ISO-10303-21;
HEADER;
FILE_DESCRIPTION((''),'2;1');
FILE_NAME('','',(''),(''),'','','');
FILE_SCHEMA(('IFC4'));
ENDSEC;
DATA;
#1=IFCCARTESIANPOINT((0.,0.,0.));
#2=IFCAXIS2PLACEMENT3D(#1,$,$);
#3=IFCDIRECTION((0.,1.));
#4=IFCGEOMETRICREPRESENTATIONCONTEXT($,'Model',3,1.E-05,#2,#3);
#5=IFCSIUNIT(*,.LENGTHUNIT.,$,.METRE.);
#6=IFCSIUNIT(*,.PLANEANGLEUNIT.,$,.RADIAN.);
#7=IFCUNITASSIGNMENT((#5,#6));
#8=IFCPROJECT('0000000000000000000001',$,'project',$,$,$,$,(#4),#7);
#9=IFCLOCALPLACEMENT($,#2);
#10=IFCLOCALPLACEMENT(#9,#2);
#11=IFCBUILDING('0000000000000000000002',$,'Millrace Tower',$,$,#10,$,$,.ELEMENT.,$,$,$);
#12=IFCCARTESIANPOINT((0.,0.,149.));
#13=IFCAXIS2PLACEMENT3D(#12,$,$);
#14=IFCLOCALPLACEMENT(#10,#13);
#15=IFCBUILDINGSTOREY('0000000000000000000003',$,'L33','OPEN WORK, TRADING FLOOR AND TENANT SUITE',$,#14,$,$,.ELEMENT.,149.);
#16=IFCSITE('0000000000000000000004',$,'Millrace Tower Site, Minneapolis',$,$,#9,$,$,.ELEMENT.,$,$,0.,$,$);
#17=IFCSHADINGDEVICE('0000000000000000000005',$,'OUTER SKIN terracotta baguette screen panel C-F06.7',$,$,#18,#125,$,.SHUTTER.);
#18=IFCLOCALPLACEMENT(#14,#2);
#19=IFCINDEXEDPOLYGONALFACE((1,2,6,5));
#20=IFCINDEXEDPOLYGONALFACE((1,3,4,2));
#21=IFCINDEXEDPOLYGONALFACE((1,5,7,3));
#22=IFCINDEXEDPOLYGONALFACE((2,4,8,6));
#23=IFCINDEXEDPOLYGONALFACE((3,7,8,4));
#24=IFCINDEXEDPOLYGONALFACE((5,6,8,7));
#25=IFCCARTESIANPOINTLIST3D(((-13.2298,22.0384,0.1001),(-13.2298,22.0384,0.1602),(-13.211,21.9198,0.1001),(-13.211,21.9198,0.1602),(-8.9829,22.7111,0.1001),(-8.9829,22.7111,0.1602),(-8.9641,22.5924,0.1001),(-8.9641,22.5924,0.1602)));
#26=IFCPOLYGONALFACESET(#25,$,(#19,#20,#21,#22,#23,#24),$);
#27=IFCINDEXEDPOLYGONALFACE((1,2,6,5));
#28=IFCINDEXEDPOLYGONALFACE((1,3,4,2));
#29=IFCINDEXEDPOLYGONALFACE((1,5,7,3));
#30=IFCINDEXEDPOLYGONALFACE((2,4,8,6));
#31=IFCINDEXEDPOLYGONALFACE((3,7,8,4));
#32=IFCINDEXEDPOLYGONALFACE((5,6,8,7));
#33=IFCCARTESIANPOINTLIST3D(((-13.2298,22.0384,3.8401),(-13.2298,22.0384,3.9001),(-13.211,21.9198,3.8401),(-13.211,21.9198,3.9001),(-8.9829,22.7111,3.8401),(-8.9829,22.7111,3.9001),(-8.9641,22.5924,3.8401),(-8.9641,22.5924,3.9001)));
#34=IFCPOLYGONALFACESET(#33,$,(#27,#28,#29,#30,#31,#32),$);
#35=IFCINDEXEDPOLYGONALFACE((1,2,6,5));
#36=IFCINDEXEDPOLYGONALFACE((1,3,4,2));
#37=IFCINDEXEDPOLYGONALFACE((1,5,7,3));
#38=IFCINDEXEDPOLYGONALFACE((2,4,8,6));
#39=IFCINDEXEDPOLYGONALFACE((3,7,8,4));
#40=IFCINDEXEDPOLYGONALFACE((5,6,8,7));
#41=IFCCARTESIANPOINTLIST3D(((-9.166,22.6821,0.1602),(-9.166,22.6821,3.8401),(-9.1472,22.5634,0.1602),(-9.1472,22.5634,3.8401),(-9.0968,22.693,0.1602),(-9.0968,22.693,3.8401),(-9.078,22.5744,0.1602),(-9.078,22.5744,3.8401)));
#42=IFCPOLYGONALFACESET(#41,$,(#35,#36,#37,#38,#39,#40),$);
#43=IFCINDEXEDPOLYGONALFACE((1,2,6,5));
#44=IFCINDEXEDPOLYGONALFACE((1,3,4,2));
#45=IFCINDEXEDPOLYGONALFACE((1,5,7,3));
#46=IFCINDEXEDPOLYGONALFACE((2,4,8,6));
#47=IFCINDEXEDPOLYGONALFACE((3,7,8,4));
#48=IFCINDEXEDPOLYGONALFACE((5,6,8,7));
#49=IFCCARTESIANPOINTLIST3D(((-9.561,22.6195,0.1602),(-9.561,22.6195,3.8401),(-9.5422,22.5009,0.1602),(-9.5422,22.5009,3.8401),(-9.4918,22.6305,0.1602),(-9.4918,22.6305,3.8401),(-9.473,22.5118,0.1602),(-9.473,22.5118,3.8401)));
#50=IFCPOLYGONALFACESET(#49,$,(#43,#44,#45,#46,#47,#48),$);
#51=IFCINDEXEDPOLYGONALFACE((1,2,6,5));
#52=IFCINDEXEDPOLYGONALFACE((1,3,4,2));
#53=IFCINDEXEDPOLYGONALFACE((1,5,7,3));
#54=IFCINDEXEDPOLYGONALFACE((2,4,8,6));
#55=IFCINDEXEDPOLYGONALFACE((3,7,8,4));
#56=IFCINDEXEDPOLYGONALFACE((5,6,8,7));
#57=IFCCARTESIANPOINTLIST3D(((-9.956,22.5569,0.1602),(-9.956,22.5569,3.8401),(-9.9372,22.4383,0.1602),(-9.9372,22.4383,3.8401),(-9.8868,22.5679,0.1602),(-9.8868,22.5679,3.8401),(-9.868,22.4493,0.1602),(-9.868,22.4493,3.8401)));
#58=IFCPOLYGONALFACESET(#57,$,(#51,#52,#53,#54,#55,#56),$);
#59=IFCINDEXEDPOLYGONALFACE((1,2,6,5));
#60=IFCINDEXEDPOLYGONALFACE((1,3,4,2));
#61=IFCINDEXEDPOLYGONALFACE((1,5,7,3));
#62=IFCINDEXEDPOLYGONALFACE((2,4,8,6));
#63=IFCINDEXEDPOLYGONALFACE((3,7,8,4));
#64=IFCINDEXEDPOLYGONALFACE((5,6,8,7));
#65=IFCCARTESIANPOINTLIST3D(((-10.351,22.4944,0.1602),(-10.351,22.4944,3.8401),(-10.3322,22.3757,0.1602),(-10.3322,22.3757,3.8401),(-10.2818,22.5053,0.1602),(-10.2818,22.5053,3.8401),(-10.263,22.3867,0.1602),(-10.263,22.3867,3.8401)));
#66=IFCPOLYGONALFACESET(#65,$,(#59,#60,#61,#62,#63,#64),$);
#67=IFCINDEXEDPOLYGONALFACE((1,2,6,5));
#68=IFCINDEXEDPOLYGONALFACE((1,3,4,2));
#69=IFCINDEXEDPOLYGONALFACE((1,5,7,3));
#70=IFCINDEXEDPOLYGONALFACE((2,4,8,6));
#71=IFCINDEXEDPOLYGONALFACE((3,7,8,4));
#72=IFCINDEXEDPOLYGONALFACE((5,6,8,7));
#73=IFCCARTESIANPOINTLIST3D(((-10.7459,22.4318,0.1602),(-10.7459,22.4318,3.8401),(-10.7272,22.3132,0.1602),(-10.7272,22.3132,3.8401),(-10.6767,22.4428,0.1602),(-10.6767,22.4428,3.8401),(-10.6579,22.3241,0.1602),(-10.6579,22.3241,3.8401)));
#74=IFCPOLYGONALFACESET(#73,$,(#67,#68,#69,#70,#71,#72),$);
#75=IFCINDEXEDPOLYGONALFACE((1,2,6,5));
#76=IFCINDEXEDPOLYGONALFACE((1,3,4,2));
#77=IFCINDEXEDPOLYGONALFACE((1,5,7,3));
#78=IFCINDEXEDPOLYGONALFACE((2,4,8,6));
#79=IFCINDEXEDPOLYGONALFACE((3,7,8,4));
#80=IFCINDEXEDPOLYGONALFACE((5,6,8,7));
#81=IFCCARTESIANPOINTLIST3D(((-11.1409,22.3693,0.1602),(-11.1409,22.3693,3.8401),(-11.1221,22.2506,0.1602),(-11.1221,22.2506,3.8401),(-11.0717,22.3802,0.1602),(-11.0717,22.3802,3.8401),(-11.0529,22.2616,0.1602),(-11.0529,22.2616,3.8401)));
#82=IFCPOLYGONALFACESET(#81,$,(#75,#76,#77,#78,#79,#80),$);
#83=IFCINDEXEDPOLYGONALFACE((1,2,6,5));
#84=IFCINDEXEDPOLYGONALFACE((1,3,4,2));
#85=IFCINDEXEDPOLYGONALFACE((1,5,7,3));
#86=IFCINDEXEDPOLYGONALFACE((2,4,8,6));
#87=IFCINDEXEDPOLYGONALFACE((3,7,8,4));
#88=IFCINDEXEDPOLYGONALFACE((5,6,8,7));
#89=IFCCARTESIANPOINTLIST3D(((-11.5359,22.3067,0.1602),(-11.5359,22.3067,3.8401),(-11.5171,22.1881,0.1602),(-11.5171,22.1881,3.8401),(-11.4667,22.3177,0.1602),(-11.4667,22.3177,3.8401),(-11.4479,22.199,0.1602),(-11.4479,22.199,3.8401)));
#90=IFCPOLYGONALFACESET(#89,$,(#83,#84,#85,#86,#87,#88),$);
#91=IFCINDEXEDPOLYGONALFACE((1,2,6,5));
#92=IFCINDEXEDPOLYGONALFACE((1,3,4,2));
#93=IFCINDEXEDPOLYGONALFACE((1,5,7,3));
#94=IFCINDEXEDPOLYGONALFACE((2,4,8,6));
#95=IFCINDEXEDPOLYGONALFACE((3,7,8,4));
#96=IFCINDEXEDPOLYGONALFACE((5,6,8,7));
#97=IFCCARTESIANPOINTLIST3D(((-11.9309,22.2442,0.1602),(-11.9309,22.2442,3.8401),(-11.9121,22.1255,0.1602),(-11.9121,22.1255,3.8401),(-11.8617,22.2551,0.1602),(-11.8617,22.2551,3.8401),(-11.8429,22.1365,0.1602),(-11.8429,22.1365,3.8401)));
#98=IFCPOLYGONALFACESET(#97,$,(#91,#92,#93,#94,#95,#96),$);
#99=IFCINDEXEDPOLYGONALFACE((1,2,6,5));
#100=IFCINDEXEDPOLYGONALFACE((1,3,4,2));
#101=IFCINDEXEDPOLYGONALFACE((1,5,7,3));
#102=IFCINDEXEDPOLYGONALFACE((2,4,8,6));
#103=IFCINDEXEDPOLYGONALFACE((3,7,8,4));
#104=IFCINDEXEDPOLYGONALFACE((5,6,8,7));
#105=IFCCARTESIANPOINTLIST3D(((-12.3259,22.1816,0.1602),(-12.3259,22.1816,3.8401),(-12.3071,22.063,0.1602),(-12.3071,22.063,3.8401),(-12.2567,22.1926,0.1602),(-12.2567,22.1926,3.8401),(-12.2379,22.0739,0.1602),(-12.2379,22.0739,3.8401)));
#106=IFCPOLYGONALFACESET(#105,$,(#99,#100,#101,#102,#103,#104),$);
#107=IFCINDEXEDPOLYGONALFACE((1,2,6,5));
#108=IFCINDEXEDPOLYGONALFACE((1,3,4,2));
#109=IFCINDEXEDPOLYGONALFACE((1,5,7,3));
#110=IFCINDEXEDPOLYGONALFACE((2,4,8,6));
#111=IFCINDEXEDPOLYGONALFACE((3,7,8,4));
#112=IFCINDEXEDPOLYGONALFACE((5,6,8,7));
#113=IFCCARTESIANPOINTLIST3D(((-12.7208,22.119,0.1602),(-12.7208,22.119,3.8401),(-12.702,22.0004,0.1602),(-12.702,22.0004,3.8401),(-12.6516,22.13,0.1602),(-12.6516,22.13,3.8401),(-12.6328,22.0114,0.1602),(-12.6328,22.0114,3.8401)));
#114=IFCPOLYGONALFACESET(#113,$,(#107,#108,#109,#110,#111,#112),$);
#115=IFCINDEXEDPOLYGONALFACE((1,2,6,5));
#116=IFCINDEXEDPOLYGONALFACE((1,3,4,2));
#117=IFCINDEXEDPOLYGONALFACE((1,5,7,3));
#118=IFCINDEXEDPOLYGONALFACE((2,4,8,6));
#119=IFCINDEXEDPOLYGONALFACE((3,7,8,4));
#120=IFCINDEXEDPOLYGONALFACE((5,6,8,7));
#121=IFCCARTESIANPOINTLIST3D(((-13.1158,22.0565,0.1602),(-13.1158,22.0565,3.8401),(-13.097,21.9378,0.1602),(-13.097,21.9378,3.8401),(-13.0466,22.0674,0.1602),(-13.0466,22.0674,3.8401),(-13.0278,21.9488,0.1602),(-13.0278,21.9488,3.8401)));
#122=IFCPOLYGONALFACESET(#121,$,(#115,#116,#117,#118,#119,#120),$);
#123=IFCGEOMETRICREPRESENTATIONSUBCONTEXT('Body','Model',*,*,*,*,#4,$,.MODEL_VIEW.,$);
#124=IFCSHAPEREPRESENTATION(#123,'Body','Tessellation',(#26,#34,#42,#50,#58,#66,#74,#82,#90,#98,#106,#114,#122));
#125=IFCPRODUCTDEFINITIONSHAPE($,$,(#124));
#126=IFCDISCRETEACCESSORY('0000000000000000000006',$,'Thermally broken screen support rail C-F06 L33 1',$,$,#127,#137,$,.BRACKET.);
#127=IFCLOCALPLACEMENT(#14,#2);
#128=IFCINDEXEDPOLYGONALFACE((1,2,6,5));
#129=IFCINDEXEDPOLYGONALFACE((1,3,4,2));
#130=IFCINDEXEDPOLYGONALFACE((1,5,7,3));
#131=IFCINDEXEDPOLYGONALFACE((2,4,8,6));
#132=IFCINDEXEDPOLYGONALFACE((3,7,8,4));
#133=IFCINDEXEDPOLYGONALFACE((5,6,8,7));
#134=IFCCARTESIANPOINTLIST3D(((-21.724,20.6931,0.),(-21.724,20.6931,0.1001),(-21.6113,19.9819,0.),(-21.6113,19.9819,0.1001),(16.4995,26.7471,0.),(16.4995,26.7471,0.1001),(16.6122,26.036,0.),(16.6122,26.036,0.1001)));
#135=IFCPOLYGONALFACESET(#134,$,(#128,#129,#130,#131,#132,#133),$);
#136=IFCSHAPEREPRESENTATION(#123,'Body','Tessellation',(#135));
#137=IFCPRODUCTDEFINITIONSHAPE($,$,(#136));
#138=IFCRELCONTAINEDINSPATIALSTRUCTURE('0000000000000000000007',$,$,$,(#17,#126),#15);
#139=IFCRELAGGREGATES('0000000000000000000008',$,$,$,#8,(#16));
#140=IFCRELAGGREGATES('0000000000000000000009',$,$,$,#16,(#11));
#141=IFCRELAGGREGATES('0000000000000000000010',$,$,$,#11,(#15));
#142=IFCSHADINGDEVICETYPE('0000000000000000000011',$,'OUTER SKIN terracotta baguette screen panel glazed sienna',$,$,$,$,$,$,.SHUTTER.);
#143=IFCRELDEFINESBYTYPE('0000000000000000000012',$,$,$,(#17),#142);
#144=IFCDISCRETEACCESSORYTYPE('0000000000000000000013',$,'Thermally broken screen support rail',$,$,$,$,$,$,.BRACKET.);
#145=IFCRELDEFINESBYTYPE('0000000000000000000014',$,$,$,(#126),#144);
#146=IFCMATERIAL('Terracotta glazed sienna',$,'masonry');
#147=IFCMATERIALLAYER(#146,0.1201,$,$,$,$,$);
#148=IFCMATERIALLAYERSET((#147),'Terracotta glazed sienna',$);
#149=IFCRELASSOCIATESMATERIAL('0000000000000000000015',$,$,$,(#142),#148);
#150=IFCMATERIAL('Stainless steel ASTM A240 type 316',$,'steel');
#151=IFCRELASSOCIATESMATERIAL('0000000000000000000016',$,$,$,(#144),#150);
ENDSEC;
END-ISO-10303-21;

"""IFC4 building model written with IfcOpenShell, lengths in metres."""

from ifc_helpers import new_model, entity, si_unit, direction, frame, frame_2d, origin, origin_2d, place, context, subcontext, project, spatial, rectangle, extrude, source, transform, mapped, material, layer, layer_set, type_object, element, save


model = new_model("IFC4")

# Units and contexts
model_context = context("Model", 3, precision=1e-05, world=origin(), true_north=direction((0.0, 1.0)))
body_context = subcontext(model_context, "Body", "Model", "MODEL_VIEW")
ifc_project = project(units=[si_unit("LENGTHUNIT", "METRE"), si_unit("PLANEANGLEUNIT", "RADIAN")], contexts=[model_context])

# Site, building, storey
site_placement = place(None, origin())
site = spatial("IfcSite", under=ifc_project, at=site_placement, Name="Millrace Tower Site, Minneapolis", CompositionType="ELEMENT", RefElevation=0.0)
building_placement = place(site_placement, origin())
building = spatial("IfcBuilding", under=site, at=building_placement, Name="Millrace Tower", CompositionType="ELEMENT")
storey_placement = place(building_placement, frame((0.0, 0.0, 149.0)))
storey = spatial("IfcBuildingStorey", under=building, at=storey_placement, Name="L33", Description="OPEN WORK, TRADING FLOOR AND TENANT SUITE", CompositionType="ELEMENT", Elevation=149.0)

# Shading device
ifc_material_1 = material(Name="Terracotta glazed sienna", Category="masonry")
ifc_layer_1 = layer(ifc_material_1, 0.1201)
ifc_layer_set_1 = layer_set([ifc_layer_1], Name="Terracotta glazed sienna")
shading_device_type = type_object("IfcShadingDeviceType", Name="OUTER SKIN terracotta baguette screen panel glazed sienna", PredefinedType="SHUTTER", material=ifc_layer_set_1)
cartesian_point = entity("IfcCartesianPoint", [-2.1499, 0.0601])
shared_polyline = entity("IfcPolyline", [cartesian_point, entity("IfcCartesianPoint", [2.1499, 0.0601]), entity("IfcCartesianPoint", [2.1499, -0.0601]), entity("IfcCartesianPoint", [-2.1499, -0.0601]), cartesian_point])
shared_shape = source(origin(), body_context, "Body", "SweptSolid", [
    entity("IfcExtrudedAreaSolid", entity("IfcArbitraryClosedProfileDef", "AREA", None, shared_polyline), entity("IfcAxis2Placement3D", entity("IfcCartesianPoint", [0.0, 0.0, 0.0])), entity("IfcDirection", [0.0, 0.0, 1.0]), 0.0601),
    entity("IfcExtrudedAreaSolid", entity("IfcArbitraryClosedProfileDef", "AREA", None, shared_polyline), entity("IfcAxis2Placement3D", entity("IfcCartesianPoint", [0.0, 0.0, 3.74])), entity("IfcDirection", [0.0, 0.0, 1.0]), 0.0601),
    extrude(rectangle(XDim=0.0701, YDim=0.1201, at=frame_2d((-1.9995, 0.0))), frame((0.0, 0.0, 0.0601)), (0.0, 0.0, 1.0), 3.6799),
    extrude(rectangle(XDim=0.0701, YDim=0.1201, at=frame_2d((-1.5996, 0.0))), frame((0.0, 0.0, 0.0601)), (0.0, 0.0, 1.0), 3.6799),
    extrude(rectangle(XDim=0.0701, YDim=0.1201, at=frame_2d((-1.1997, 0.0))), frame((0.0, 0.0, 0.0601)), (0.0, 0.0, 1.0), 3.6799),
    extrude(rectangle(XDim=0.0701, YDim=0.1201, at=frame_2d((-0.7998, 0.0))), frame((0.0, 0.0, 0.0601)), (0.0, 0.0, 1.0), 3.6799),
    extrude(rectangle(XDim=0.0701, YDim=0.1201, at=frame_2d((-0.3999, 0.0))), frame((0.0, 0.0, 0.0601)), (0.0, 0.0, 1.0), 3.6799),
    extrude(rectangle(XDim=0.0701, YDim=0.1201, at=origin_2d()), frame((0.0, 0.0, 0.0601)), (0.0, 0.0, 1.0), 3.6799),
    extrude(rectangle(XDim=0.0701, YDim=0.1201, at=frame_2d((0.3999, 0.0))), frame((0.0, 0.0, 0.0601)), (0.0, 0.0, 1.0), 3.6799),
    extrude(rectangle(XDim=0.0701, YDim=0.1201, at=frame_2d((0.7998, 0.0))), frame((0.0, 0.0, 0.0601)), (0.0, 0.0, 1.0), 3.6799),
    extrude(rectangle(XDim=0.0701, YDim=0.1201, at=frame_2d((1.1997, 0.0))), frame((0.0, 0.0, 0.0601)), (0.0, 0.0, 1.0), 3.6799),
    extrude(rectangle(XDim=0.0701, YDim=0.1201, at=frame_2d((1.5996, 0.0))), frame((0.0, 0.0, 0.0601)), (0.0, 0.0, 1.0), 3.6799),
    extrude(rectangle(XDim=0.0701, YDim=0.1201, at=frame_2d((1.9995, 0.0))), frame((0.0, 0.0, 0.0601)), (0.0, 0.0, 1.0), 3.6799),
])
for number, where, z_axis, x_axis, name in (
    (1, (-11.0969, 22.3154, 0.1001), (0.0, 0.0, 1.0), (-0.987688, -0.156434, 0.0), "OUTER SKIN terracotta baguette screen panel C-F06.7"),
):
    element("IfcShadingDevice", number, at=place(storey_placement, frame(where, z_axis=z_axis, x_axis=x_axis)), inside=storey, type_object=shading_device_type, Name=name, PredefinedType="SHUTTER", context=body_context, shape_type="MappedRepresentation", body=[
        mapped(shared_shape, transform((0.0, 0.0, 0.0), scale=1.0)),
    ])

# Discrete accessory
ifc_material_2 = material(Name="Stainless steel ASTM A240 type 316", Category="steel")
discrete_accessory_type = type_object("IfcDiscreteAccessoryType", Name="Thermally broken screen support rail", PredefinedType="BRACKET", material=ifc_material_2)
discrete_accessory_placement = place(storey_placement, frame((-2.5559, 23.3645, 0.0), z_axis=(0.0, 0.0, 1.0), x_axis=(-0.987688, -0.156434, 0.0)))
element("IfcDiscreteAccessory", 2, at=discrete_accessory_placement, inside=storey, type_object=discrete_accessory_type, Name="Thermally broken screen support rail C-F06 L33 1", PredefinedType="BRACKET", context=body_context, shape_type="SweptSolid", body=[
    extrude(rectangle(XDim=38.7, YDim=0.72, at=origin_2d()), origin(), (0.0, 0.0, 1.0), 0.1001),
])

save(model, "model.ifc")
